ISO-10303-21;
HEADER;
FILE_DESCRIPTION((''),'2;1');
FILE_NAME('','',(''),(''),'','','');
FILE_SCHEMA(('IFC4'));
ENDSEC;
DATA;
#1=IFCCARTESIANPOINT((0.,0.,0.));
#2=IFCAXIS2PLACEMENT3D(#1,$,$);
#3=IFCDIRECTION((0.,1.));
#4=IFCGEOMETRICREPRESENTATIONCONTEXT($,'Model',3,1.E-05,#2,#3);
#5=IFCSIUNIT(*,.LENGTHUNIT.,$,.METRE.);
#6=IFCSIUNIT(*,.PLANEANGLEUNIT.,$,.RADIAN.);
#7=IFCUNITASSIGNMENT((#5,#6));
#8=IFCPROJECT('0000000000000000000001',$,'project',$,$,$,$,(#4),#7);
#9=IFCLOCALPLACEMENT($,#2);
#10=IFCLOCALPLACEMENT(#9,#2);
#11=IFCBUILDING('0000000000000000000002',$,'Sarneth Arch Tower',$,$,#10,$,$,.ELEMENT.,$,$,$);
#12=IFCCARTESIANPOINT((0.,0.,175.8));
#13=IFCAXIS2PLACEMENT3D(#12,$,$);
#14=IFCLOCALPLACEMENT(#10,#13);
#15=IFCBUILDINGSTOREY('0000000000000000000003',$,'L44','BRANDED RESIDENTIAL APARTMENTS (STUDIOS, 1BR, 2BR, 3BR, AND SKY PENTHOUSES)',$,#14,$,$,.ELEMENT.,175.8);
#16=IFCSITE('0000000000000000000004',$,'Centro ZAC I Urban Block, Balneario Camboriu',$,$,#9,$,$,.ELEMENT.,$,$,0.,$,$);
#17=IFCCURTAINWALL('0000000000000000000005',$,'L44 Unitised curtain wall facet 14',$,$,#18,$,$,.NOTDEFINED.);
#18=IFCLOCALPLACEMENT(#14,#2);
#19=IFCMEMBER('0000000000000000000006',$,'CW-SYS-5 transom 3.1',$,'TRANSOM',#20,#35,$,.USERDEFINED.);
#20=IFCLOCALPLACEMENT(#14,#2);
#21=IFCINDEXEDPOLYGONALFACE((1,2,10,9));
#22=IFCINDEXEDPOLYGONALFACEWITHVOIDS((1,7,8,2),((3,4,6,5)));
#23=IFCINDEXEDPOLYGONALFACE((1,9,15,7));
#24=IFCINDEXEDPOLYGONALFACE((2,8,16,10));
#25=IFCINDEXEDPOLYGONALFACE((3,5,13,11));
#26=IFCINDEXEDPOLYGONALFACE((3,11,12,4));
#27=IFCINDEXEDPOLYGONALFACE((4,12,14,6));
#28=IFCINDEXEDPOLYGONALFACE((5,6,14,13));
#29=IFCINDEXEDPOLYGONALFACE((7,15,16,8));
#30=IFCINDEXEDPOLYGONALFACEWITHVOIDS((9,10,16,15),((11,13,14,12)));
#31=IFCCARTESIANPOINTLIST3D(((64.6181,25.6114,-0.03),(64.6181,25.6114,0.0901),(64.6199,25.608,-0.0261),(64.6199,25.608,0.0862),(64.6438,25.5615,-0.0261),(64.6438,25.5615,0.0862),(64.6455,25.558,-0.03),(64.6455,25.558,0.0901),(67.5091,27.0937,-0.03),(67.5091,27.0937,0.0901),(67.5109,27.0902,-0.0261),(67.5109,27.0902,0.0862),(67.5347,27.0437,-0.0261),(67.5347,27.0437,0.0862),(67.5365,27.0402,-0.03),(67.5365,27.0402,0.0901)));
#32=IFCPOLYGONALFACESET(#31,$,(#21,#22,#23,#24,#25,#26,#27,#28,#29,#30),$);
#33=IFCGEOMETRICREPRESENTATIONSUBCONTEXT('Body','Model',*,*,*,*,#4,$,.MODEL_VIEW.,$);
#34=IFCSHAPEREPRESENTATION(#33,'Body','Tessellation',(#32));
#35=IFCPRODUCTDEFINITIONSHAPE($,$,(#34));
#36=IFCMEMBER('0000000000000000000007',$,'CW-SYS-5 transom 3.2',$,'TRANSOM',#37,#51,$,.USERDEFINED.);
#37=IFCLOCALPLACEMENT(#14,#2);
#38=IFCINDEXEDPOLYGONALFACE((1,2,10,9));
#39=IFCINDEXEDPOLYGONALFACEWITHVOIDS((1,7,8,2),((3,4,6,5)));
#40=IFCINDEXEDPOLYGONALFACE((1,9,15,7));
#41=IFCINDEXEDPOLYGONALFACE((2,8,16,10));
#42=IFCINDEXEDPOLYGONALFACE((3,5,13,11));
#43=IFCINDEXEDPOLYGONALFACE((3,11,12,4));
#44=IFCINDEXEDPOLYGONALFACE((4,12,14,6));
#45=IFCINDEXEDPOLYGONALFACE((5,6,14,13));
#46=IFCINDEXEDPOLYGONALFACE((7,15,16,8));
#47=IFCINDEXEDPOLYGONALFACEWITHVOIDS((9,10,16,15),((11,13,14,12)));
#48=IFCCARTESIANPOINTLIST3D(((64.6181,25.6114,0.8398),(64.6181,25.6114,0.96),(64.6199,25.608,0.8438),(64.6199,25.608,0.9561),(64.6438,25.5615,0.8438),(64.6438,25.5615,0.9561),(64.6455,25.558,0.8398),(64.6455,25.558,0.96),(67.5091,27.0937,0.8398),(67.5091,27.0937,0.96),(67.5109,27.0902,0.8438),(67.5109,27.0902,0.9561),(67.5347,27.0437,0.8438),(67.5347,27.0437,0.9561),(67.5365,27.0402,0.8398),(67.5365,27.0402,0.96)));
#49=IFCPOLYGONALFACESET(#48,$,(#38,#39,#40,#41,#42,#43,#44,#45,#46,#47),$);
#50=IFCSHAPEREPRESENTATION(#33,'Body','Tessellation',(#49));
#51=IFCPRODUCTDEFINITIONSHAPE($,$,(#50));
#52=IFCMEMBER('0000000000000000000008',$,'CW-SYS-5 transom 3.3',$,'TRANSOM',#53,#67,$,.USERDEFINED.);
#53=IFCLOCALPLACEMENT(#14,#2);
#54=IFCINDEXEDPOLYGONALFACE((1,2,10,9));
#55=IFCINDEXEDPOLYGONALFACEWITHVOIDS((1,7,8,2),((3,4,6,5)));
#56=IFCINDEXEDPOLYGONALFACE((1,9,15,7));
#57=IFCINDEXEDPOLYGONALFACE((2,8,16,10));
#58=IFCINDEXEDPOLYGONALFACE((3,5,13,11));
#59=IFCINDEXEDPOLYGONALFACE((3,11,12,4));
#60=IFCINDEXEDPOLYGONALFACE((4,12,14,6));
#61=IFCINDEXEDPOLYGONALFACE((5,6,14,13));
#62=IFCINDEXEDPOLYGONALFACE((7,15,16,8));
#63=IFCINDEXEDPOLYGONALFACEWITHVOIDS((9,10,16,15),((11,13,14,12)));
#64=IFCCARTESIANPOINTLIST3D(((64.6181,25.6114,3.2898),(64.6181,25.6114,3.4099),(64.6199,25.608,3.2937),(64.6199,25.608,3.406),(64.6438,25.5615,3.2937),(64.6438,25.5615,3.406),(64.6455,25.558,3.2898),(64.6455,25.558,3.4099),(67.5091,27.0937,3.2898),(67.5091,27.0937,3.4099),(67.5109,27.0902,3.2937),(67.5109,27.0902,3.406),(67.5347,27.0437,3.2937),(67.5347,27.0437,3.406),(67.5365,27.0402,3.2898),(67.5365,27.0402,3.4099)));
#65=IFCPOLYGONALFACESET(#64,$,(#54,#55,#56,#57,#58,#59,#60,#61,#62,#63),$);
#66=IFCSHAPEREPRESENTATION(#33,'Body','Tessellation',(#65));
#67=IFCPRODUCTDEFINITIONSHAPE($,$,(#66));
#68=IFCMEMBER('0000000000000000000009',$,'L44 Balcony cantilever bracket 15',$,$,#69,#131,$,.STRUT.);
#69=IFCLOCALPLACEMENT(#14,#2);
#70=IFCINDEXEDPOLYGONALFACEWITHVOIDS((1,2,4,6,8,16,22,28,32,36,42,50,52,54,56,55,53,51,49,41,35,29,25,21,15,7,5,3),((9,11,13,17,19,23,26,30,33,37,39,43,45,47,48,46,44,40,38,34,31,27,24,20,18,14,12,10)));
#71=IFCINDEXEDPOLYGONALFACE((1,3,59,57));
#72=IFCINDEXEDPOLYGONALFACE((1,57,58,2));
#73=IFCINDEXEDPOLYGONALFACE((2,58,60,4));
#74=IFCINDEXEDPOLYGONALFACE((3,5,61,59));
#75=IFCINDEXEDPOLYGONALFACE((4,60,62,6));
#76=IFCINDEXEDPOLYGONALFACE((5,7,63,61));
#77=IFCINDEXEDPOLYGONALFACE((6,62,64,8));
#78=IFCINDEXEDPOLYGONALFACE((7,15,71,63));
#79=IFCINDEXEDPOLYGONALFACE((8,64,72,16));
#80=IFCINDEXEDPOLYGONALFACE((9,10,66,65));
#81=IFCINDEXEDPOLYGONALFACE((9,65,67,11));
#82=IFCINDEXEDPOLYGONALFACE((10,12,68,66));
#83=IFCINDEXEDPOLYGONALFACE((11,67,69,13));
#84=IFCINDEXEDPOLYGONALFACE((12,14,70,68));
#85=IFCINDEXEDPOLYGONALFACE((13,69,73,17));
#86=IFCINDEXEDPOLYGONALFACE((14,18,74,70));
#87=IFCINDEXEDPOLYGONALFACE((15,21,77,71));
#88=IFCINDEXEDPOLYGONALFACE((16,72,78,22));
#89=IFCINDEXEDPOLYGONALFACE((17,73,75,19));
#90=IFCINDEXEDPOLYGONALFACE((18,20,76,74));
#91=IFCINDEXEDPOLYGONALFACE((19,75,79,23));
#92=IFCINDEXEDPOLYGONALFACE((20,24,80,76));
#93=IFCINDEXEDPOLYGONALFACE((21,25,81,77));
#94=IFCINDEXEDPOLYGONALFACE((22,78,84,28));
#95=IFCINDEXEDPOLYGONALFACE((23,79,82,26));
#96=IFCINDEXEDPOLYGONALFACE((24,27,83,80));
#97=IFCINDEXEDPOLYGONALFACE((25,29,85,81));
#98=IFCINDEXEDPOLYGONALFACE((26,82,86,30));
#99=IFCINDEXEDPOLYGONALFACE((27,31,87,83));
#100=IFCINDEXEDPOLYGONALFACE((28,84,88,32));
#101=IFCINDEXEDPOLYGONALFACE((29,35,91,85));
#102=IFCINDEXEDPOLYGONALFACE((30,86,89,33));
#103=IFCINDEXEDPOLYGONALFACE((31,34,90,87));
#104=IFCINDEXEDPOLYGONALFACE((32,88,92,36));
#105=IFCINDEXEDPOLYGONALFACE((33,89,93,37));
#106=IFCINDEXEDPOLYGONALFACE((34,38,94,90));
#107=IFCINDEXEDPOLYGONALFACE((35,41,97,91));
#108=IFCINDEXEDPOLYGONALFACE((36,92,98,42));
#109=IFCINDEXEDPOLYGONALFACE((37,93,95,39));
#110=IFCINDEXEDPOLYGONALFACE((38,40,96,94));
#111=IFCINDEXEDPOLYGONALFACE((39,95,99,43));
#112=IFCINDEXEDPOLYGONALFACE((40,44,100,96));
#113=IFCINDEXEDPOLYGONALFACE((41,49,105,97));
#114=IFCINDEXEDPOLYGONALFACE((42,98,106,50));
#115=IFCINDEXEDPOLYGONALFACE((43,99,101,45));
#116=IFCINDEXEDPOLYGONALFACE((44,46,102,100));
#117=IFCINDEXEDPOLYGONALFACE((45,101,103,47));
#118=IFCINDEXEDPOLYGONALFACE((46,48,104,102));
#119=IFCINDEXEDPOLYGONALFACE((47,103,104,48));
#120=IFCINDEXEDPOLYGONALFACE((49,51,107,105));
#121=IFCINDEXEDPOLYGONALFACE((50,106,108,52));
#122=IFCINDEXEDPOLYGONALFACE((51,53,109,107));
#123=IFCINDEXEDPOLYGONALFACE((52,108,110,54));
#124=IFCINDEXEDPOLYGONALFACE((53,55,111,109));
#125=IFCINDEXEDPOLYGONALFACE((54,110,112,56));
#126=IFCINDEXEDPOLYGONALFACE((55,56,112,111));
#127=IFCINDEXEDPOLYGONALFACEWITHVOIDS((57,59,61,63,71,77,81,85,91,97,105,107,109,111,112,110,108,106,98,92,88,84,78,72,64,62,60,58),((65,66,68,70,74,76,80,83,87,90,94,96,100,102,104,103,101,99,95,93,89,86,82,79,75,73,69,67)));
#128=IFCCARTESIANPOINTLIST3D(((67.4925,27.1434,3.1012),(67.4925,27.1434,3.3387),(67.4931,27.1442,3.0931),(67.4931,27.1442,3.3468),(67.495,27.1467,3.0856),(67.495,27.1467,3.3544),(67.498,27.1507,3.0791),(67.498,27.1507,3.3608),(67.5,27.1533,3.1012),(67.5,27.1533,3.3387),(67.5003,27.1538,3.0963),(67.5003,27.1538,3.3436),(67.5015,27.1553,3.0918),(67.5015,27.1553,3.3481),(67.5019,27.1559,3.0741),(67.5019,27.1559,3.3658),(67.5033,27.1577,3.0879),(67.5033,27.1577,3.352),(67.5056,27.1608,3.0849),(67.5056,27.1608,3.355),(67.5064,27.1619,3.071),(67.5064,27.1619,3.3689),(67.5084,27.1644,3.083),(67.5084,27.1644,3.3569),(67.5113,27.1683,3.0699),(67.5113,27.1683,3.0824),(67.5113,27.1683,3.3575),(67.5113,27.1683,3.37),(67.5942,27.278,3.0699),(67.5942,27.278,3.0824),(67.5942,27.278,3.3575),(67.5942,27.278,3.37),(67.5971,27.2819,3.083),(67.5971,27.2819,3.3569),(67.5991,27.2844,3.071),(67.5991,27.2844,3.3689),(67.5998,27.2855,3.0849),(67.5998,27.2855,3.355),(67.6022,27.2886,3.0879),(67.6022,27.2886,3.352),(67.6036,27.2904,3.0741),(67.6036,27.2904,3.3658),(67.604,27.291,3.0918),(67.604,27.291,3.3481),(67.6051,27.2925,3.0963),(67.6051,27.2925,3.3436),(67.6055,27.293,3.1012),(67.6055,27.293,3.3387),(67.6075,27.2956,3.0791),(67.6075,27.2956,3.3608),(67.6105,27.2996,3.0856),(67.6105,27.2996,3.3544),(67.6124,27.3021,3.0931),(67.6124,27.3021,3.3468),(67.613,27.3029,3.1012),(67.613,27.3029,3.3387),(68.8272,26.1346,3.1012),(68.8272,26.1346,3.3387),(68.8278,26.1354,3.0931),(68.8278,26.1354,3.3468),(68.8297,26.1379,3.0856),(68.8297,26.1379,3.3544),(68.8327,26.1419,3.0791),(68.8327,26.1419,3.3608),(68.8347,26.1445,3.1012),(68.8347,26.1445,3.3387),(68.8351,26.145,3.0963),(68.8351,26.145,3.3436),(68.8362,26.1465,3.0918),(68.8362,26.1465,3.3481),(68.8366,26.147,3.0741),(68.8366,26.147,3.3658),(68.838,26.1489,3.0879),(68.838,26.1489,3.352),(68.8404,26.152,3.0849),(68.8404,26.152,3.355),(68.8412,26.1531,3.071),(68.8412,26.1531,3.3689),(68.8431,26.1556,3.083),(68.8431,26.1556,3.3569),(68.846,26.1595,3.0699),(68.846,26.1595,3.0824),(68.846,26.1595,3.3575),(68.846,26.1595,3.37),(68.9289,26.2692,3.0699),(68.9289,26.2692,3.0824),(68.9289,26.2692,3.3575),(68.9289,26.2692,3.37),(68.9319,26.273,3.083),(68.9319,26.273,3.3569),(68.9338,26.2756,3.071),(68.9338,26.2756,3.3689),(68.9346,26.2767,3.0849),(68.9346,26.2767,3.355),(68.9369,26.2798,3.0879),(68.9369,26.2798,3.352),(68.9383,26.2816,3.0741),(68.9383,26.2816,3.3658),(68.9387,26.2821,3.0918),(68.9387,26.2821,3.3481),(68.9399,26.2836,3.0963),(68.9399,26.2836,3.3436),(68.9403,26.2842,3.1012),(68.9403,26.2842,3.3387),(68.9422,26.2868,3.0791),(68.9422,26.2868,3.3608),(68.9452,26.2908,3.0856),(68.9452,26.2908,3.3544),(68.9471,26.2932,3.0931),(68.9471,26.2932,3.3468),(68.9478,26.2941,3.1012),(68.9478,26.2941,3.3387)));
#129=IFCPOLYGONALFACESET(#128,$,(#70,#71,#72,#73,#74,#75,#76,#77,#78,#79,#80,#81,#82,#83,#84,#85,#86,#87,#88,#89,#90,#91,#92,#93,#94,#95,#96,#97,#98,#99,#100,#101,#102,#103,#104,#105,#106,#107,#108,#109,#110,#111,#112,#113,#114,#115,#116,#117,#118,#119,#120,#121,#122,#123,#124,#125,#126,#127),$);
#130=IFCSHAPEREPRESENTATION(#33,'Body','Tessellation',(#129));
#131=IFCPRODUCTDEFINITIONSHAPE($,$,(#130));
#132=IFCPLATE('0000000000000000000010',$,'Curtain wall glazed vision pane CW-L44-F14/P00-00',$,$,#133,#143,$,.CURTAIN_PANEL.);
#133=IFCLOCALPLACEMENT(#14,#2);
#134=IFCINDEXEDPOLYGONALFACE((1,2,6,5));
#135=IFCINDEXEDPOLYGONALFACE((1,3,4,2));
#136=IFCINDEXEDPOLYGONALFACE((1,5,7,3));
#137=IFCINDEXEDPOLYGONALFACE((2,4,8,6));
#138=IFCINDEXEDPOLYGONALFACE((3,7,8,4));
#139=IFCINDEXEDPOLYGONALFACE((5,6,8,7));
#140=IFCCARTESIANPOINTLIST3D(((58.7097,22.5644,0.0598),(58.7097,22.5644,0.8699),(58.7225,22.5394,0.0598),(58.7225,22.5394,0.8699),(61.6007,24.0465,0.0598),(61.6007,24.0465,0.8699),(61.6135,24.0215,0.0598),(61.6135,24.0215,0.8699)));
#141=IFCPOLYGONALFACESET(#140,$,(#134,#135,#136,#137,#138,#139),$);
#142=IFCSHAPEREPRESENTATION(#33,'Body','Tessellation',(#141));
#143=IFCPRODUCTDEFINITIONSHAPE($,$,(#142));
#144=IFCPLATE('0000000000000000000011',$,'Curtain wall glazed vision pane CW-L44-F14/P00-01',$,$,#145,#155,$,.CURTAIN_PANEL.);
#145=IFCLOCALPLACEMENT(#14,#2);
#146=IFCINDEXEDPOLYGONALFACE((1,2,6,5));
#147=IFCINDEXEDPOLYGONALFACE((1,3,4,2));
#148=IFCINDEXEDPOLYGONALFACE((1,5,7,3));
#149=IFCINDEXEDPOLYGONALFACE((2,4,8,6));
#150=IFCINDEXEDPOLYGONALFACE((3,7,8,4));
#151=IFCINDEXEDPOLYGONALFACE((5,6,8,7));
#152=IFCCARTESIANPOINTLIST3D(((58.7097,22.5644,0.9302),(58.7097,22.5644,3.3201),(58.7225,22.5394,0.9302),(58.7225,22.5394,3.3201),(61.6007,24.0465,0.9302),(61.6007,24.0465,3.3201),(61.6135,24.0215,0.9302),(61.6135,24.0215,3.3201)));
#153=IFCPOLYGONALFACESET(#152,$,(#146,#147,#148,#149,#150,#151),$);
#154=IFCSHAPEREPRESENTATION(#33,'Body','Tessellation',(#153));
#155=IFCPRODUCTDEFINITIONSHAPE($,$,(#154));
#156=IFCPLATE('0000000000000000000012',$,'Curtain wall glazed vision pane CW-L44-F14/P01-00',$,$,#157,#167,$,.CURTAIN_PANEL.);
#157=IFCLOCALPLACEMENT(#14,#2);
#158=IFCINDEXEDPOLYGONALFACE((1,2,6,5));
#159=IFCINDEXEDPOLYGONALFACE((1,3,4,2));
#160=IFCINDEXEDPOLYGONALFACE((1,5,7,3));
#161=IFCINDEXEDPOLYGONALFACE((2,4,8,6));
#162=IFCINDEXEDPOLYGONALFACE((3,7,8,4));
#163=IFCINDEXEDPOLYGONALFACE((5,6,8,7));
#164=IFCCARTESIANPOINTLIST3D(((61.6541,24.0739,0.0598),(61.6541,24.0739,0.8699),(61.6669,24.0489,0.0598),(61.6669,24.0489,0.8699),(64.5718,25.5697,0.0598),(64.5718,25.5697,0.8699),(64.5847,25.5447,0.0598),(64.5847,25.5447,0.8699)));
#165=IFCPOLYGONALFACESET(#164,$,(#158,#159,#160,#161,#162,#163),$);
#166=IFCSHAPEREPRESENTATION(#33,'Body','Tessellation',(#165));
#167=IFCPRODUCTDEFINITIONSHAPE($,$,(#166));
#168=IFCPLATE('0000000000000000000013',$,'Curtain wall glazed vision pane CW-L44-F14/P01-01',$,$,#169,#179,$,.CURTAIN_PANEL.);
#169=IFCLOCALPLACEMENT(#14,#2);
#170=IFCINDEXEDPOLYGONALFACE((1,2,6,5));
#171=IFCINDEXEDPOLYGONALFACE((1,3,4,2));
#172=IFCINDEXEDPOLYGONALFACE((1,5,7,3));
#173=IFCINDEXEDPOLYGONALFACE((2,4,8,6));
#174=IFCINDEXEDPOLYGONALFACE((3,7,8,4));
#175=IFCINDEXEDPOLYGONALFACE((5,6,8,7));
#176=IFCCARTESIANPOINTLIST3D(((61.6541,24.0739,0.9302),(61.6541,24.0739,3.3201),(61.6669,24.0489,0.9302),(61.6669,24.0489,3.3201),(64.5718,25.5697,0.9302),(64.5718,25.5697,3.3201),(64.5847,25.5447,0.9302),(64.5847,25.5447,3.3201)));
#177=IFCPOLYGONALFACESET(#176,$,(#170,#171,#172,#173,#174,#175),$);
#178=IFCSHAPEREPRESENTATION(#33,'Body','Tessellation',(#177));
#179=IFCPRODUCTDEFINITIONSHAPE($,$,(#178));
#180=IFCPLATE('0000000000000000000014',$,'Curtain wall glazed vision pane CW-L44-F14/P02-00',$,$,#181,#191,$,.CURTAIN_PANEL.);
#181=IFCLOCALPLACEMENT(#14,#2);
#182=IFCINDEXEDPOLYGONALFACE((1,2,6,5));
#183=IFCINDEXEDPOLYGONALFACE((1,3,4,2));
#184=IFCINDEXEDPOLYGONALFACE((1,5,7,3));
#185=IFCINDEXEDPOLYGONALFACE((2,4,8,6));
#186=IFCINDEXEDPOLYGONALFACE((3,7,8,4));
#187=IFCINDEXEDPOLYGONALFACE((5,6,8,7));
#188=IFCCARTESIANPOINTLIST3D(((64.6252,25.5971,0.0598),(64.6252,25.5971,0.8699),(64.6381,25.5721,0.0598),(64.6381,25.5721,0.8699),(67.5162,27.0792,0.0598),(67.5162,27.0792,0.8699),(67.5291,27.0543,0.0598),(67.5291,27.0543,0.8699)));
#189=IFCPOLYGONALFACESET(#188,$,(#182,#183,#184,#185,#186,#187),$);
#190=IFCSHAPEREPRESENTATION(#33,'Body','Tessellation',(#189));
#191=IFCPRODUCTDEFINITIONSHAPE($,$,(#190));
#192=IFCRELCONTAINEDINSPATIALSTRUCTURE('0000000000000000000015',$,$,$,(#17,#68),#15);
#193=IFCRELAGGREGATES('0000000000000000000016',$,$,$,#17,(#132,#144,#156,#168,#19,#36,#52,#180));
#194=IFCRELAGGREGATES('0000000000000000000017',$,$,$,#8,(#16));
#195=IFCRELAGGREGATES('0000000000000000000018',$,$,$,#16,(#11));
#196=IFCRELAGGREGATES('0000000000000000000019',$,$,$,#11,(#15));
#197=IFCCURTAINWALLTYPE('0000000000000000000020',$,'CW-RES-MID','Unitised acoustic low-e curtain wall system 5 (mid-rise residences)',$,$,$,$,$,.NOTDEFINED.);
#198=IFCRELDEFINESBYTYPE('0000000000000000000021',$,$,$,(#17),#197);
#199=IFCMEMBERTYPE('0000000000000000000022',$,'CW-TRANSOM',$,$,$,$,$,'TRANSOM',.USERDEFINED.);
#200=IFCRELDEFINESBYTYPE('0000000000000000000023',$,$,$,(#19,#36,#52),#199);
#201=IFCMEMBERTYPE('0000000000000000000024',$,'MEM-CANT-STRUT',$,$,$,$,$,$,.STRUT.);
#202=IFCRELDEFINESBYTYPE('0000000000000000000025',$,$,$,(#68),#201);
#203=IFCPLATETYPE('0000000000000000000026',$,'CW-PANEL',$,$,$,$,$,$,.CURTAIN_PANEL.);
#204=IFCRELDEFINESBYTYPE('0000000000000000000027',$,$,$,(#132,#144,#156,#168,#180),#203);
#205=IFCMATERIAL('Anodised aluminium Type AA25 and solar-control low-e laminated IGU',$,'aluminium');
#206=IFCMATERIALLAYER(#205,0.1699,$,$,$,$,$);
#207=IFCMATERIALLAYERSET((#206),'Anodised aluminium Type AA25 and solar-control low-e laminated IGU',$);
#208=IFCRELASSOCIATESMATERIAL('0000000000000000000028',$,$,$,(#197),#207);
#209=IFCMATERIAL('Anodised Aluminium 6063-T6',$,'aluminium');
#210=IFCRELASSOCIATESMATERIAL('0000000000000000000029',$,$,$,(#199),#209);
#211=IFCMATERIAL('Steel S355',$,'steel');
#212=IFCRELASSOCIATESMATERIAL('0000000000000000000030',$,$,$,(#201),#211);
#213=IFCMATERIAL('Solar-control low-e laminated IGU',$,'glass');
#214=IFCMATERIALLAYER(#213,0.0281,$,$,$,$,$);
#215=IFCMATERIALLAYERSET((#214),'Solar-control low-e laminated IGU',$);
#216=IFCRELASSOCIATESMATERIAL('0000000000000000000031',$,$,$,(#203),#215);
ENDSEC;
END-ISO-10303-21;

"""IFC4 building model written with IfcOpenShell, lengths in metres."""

from ifc_helpers import new_model, si_unit, direction, frame, origin, origin_2d, place, context, subcontext, project, spatial, rectangle, hollow_rectangle, extrude, material, layer, layer_set, material_profile, profile_set, type_object, element, aggregate, save


model = new_model("IFC4")

# Units and contexts
model_context = context("Model", 3, precision=1e-05, world=origin(), true_north=direction((0.0, 1.0)))
body_context = subcontext(model_context, "Body", "Model", "MODEL_VIEW")
ifc_project = project(units=[si_unit("LENGTHUNIT", "METRE"), si_unit("PLANEANGLEUNIT", "RADIAN")], contexts=[model_context])

# Site, building, storey
site_placement = place(None, origin())
site = spatial("IfcSite", under=ifc_project, at=site_placement, Name="Centro ZAC I Urban Block, Balneario Camboriu", CompositionType="ELEMENT", RefElevation=0.0)
building_placement = place(site_placement, origin())
building = spatial("IfcBuilding", under=site, at=building_placement, Name="Sarneth Arch Tower", CompositionType="ELEMENT")
storey_placement = place(building_placement, frame((0.0, 0.0, 175.8)))
storey = spatial("IfcBuildingStorey", under=building, at=storey_placement, Name="L44", Description="BRANDED RESIDENTIAL APARTMENTS (STUDIOS, 1BR, 2BR, 3BR, AND SKY PENTHOUSES)", CompositionType="ELEMENT", Elevation=175.8)

# Curtain wall, members
ifc_material_1 = material(Name="Anodised aluminium Type AA25 and solar-control low-e laminated IGU", Category="aluminium")
ifc_layer_1 = layer(ifc_material_1, 0.1699)
ifc_layer_set_1 = layer_set([ifc_layer_1], Name="Anodised aluminium Type AA25 and solar-control low-e laminated IGU")
curtain_wall_type = type_object("IfcCurtainWallType", Name="CW-RES-MID", Description="Unitised acoustic low-e curtain wall system 5 (mid-rise residences)", PredefinedType="NOTDEFINED", material=ifc_layer_set_1)
curtain_wall_placement = place(storey_placement, origin())
curtain_wall = element("IfcCurtainWall", 1, at=curtain_wall_placement, inside=storey, type_object=curtain_wall_type, Name="L44 Unitised curtain wall facet 14", PredefinedType="NOTDEFINED")
ifc_material_2 = material(Name="Anodised Aluminium 6063-T6", Category="aluminium")
ifc_material_profile_1 = material_profile(ifc_material_2, hollow_rectangle(XDim=0.0601, YDim=0.1201, WallThickness=0.0039, at=origin_2d()), Name="AL-TRAN-120x60x4")
ifc_profile_set_1 = profile_set([ifc_material_profile_1], Name="Anodised Aluminium 6063-T6")
member_type_1 = type_object("IfcMemberType", Name="CW-TRANSOM", ElementType="TRANSOM", PredefinedType="USERDEFINED", material=ifc_profile_set_1)
member_1_placement = place(storey_placement, frame((64.6318, 25.5847, 0.03), z_axis=(0.889857, 0.456239, 0.0), x_axis=(-0.456239, 0.889857, 0.0)))
member_1 = element("IfcMember", 2, at=member_1_placement, type_object=member_type_1, Name="CW-SYS-5 transom 3.1", ObjectType="TRANSOM", PredefinedType="USERDEFINED", context=body_context, shape_type="SweptSolid", body=[
    extrude(hollow_rectangle(XDim=0.0601, YDim=0.1201, WallThickness=0.0039, at=origin_2d()), origin(), (0.0, 0.0, 1.0), 3.2488),
])
member_2_placement = place(storey_placement, frame((64.6318, 25.5847, 0.8999), z_axis=(0.889857, 0.456239, 0.0), x_axis=(-0.456239, 0.889857, 0.0)))
member_2 = element("IfcMember", 3, at=member_2_placement, type_object=member_type_1, Name="CW-SYS-5 transom 3.2", ObjectType="TRANSOM", PredefinedType="USERDEFINED", context=body_context, shape_type="SweptSolid", body=[
    extrude(hollow_rectangle(XDim=0.0601, YDim=0.1201, WallThickness=0.0039, at=origin_2d()), origin(), (0.0, 0.0, 1.0), 3.2488),
])
member_3_placement = place(storey_placement, frame((64.6318, 25.5847, 3.3499), z_axis=(0.889857, 0.456239, 0.0), x_axis=(-0.456239, 0.889857, 0.0)))
member_3 = element("IfcMember", 4, at=member_3_placement, type_object=member_type_1, Name="CW-SYS-5 transom 3.3", ObjectType="TRANSOM", PredefinedType="USERDEFINED", context=body_context, shape_type="SweptSolid", body=[
    extrude(hollow_rectangle(XDim=0.0601, YDim=0.1201, WallThickness=0.0039, at=origin_2d()), origin(), (0.0, 0.0, 1.0), 3.2488),
])

# Member
ifc_material_3 = material(Name="Steel S355", Category="steel")
ifc_material_profile_2 = material_profile(ifc_material_3, hollow_rectangle(XDim=0.2, YDim=0.3, WallThickness=0.0125, InnerFilletRadius=0.0188, OuterFilletRadius=0.0312, at=origin_2d()), Name="RHS300x200x12.5")
ifc_profile_set_2 = profile_set([ifc_material_profile_2], Name="Steel S355")
member_type_2 = type_object("IfcMemberType", Name="MEM-CANT-STRUT", PredefinedType="STRUT", material=ifc_profile_set_2)
member_4_placement = place(storey_placement, frame((67.5527, 27.2231, 3.22), z_axis=(0.797771, -0.602961, 0.0), x_axis=(0.602961, 0.797771, 0.0)))
element("IfcMember", 5, at=member_4_placement, inside=storey, type_object=member_type_2, Name="L44 Balcony cantilever bracket 15", PredefinedType="STRUT", context=body_context, shape_type="SweptSolid", body=[
    extrude(hollow_rectangle(XDim=0.2, YDim=0.3, WallThickness=0.0125, InnerFilletRadius=0.0188, OuterFilletRadius=0.0312, at=origin_2d()), origin(), (0.0, 0.0, 1.0), 1.6731),
])

# Plates
ifc_material_4 = material(Name="Solar-control low-e laminated IGU", Category="glass")
ifc_layer_2 = layer(ifc_material_4, 0.0281)
ifc_layer_set_2 = layer_set([ifc_layer_2], Name="Solar-control low-e laminated IGU")
plate_type_1 = type_object("IfcPlateType", Name="CW-PANEL", PredefinedType="CURTAIN_PANEL", material=ifc_layer_set_2)
plate_1_placement = place(storey_placement, frame((60.1616, 23.293, 0.0598), z_axis=(0.0, 0.0, 1.0), x_axis=(0.889873, 0.456208, 0.0)))
plate_1 = element("IfcPlate", 6, at=plate_1_placement, type_object=plate_type_1, Name="Curtain wall glazed vision pane CW-L44-F14/P00-00", PredefinedType="CURTAIN_PANEL", context=body_context, shape_type="SweptSolid", body=[
    extrude(rectangle(XDim=3.2488, YDim=0.0281, at=origin_2d()), origin(), (0.0, 0.0, 1.0), 0.8101),
])
plate_2_placement = place(storey_placement, frame((60.1616, 23.293, 0.9302), z_axis=(0.0, 0.0, 1.0), x_axis=(0.889873, 0.456208, 0.0)))
plate_2 = element("IfcPlate", 7, at=plate_2_placement, type_object=plate_type_1, Name="Curtain wall glazed vision pane CW-L44-F14/P00-01", PredefinedType="CURTAIN_PANEL", context=body_context, shape_type="SweptSolid", body=[
    extrude(rectangle(XDim=3.2488, YDim=0.0281, at=origin_2d()), origin(), (0.0, 0.0, 1.0), 2.3899),
])
plate_3_placement = place(storey_placement, frame((63.1194, 24.8093, 0.0598), z_axis=(0.0, 0.0, 1.0), x_axis=(0.889873, 0.456208, 0.0)))
plate_3 = element("IfcPlate", 8, at=plate_3_placement, type_object=plate_type_1, Name="Curtain wall glazed vision pane CW-L44-F14/P01-00", PredefinedType="CURTAIN_PANEL", context=body_context, shape_type="SweptSolid", body=[
    extrude(rectangle(XDim=3.2788, YDim=0.0281, at=origin_2d()), origin(), (0.0, 0.0, 1.0), 0.8101),
])
plate_4_placement = place(storey_placement, frame((63.1194, 24.8093, 0.9302), z_axis=(0.0, 0.0, 1.0), x_axis=(0.889873, 0.456208, 0.0)))
plate_4 = element("IfcPlate", 9, at=plate_4_placement, type_object=plate_type_1, Name="Curtain wall glazed vision pane CW-L44-F14/P01-01", PredefinedType="CURTAIN_PANEL", context=body_context, shape_type="SweptSolid", body=[
    extrude(rectangle(XDim=3.2788, YDim=0.0281, at=origin_2d()), origin(), (0.0, 0.0, 1.0), 2.3899),
])
plate_5_placement = place(storey_placement, frame((66.0771, 26.3257, 0.0598), z_axis=(0.0, 0.0, 1.0), x_axis=(0.889873, 0.456208, 0.0)))
plate_5 = element("IfcPlate", 10, at=plate_5_placement, type_object=plate_type_1, Name="Curtain wall glazed vision pane CW-L44-F14/P02-00", PredefinedType="CURTAIN_PANEL", context=body_context, shape_type="SweptSolid", body=[
    extrude(rectangle(XDim=3.2488, YDim=0.0281, at=origin_2d()), origin(), (0.0, 0.0, 1.0), 0.8101),
])
aggregate(curtain_wall, [plate_1, plate_2, plate_3, plate_4, member_1, member_2, member_3, plate_5])

save(model, "model.ifc")
